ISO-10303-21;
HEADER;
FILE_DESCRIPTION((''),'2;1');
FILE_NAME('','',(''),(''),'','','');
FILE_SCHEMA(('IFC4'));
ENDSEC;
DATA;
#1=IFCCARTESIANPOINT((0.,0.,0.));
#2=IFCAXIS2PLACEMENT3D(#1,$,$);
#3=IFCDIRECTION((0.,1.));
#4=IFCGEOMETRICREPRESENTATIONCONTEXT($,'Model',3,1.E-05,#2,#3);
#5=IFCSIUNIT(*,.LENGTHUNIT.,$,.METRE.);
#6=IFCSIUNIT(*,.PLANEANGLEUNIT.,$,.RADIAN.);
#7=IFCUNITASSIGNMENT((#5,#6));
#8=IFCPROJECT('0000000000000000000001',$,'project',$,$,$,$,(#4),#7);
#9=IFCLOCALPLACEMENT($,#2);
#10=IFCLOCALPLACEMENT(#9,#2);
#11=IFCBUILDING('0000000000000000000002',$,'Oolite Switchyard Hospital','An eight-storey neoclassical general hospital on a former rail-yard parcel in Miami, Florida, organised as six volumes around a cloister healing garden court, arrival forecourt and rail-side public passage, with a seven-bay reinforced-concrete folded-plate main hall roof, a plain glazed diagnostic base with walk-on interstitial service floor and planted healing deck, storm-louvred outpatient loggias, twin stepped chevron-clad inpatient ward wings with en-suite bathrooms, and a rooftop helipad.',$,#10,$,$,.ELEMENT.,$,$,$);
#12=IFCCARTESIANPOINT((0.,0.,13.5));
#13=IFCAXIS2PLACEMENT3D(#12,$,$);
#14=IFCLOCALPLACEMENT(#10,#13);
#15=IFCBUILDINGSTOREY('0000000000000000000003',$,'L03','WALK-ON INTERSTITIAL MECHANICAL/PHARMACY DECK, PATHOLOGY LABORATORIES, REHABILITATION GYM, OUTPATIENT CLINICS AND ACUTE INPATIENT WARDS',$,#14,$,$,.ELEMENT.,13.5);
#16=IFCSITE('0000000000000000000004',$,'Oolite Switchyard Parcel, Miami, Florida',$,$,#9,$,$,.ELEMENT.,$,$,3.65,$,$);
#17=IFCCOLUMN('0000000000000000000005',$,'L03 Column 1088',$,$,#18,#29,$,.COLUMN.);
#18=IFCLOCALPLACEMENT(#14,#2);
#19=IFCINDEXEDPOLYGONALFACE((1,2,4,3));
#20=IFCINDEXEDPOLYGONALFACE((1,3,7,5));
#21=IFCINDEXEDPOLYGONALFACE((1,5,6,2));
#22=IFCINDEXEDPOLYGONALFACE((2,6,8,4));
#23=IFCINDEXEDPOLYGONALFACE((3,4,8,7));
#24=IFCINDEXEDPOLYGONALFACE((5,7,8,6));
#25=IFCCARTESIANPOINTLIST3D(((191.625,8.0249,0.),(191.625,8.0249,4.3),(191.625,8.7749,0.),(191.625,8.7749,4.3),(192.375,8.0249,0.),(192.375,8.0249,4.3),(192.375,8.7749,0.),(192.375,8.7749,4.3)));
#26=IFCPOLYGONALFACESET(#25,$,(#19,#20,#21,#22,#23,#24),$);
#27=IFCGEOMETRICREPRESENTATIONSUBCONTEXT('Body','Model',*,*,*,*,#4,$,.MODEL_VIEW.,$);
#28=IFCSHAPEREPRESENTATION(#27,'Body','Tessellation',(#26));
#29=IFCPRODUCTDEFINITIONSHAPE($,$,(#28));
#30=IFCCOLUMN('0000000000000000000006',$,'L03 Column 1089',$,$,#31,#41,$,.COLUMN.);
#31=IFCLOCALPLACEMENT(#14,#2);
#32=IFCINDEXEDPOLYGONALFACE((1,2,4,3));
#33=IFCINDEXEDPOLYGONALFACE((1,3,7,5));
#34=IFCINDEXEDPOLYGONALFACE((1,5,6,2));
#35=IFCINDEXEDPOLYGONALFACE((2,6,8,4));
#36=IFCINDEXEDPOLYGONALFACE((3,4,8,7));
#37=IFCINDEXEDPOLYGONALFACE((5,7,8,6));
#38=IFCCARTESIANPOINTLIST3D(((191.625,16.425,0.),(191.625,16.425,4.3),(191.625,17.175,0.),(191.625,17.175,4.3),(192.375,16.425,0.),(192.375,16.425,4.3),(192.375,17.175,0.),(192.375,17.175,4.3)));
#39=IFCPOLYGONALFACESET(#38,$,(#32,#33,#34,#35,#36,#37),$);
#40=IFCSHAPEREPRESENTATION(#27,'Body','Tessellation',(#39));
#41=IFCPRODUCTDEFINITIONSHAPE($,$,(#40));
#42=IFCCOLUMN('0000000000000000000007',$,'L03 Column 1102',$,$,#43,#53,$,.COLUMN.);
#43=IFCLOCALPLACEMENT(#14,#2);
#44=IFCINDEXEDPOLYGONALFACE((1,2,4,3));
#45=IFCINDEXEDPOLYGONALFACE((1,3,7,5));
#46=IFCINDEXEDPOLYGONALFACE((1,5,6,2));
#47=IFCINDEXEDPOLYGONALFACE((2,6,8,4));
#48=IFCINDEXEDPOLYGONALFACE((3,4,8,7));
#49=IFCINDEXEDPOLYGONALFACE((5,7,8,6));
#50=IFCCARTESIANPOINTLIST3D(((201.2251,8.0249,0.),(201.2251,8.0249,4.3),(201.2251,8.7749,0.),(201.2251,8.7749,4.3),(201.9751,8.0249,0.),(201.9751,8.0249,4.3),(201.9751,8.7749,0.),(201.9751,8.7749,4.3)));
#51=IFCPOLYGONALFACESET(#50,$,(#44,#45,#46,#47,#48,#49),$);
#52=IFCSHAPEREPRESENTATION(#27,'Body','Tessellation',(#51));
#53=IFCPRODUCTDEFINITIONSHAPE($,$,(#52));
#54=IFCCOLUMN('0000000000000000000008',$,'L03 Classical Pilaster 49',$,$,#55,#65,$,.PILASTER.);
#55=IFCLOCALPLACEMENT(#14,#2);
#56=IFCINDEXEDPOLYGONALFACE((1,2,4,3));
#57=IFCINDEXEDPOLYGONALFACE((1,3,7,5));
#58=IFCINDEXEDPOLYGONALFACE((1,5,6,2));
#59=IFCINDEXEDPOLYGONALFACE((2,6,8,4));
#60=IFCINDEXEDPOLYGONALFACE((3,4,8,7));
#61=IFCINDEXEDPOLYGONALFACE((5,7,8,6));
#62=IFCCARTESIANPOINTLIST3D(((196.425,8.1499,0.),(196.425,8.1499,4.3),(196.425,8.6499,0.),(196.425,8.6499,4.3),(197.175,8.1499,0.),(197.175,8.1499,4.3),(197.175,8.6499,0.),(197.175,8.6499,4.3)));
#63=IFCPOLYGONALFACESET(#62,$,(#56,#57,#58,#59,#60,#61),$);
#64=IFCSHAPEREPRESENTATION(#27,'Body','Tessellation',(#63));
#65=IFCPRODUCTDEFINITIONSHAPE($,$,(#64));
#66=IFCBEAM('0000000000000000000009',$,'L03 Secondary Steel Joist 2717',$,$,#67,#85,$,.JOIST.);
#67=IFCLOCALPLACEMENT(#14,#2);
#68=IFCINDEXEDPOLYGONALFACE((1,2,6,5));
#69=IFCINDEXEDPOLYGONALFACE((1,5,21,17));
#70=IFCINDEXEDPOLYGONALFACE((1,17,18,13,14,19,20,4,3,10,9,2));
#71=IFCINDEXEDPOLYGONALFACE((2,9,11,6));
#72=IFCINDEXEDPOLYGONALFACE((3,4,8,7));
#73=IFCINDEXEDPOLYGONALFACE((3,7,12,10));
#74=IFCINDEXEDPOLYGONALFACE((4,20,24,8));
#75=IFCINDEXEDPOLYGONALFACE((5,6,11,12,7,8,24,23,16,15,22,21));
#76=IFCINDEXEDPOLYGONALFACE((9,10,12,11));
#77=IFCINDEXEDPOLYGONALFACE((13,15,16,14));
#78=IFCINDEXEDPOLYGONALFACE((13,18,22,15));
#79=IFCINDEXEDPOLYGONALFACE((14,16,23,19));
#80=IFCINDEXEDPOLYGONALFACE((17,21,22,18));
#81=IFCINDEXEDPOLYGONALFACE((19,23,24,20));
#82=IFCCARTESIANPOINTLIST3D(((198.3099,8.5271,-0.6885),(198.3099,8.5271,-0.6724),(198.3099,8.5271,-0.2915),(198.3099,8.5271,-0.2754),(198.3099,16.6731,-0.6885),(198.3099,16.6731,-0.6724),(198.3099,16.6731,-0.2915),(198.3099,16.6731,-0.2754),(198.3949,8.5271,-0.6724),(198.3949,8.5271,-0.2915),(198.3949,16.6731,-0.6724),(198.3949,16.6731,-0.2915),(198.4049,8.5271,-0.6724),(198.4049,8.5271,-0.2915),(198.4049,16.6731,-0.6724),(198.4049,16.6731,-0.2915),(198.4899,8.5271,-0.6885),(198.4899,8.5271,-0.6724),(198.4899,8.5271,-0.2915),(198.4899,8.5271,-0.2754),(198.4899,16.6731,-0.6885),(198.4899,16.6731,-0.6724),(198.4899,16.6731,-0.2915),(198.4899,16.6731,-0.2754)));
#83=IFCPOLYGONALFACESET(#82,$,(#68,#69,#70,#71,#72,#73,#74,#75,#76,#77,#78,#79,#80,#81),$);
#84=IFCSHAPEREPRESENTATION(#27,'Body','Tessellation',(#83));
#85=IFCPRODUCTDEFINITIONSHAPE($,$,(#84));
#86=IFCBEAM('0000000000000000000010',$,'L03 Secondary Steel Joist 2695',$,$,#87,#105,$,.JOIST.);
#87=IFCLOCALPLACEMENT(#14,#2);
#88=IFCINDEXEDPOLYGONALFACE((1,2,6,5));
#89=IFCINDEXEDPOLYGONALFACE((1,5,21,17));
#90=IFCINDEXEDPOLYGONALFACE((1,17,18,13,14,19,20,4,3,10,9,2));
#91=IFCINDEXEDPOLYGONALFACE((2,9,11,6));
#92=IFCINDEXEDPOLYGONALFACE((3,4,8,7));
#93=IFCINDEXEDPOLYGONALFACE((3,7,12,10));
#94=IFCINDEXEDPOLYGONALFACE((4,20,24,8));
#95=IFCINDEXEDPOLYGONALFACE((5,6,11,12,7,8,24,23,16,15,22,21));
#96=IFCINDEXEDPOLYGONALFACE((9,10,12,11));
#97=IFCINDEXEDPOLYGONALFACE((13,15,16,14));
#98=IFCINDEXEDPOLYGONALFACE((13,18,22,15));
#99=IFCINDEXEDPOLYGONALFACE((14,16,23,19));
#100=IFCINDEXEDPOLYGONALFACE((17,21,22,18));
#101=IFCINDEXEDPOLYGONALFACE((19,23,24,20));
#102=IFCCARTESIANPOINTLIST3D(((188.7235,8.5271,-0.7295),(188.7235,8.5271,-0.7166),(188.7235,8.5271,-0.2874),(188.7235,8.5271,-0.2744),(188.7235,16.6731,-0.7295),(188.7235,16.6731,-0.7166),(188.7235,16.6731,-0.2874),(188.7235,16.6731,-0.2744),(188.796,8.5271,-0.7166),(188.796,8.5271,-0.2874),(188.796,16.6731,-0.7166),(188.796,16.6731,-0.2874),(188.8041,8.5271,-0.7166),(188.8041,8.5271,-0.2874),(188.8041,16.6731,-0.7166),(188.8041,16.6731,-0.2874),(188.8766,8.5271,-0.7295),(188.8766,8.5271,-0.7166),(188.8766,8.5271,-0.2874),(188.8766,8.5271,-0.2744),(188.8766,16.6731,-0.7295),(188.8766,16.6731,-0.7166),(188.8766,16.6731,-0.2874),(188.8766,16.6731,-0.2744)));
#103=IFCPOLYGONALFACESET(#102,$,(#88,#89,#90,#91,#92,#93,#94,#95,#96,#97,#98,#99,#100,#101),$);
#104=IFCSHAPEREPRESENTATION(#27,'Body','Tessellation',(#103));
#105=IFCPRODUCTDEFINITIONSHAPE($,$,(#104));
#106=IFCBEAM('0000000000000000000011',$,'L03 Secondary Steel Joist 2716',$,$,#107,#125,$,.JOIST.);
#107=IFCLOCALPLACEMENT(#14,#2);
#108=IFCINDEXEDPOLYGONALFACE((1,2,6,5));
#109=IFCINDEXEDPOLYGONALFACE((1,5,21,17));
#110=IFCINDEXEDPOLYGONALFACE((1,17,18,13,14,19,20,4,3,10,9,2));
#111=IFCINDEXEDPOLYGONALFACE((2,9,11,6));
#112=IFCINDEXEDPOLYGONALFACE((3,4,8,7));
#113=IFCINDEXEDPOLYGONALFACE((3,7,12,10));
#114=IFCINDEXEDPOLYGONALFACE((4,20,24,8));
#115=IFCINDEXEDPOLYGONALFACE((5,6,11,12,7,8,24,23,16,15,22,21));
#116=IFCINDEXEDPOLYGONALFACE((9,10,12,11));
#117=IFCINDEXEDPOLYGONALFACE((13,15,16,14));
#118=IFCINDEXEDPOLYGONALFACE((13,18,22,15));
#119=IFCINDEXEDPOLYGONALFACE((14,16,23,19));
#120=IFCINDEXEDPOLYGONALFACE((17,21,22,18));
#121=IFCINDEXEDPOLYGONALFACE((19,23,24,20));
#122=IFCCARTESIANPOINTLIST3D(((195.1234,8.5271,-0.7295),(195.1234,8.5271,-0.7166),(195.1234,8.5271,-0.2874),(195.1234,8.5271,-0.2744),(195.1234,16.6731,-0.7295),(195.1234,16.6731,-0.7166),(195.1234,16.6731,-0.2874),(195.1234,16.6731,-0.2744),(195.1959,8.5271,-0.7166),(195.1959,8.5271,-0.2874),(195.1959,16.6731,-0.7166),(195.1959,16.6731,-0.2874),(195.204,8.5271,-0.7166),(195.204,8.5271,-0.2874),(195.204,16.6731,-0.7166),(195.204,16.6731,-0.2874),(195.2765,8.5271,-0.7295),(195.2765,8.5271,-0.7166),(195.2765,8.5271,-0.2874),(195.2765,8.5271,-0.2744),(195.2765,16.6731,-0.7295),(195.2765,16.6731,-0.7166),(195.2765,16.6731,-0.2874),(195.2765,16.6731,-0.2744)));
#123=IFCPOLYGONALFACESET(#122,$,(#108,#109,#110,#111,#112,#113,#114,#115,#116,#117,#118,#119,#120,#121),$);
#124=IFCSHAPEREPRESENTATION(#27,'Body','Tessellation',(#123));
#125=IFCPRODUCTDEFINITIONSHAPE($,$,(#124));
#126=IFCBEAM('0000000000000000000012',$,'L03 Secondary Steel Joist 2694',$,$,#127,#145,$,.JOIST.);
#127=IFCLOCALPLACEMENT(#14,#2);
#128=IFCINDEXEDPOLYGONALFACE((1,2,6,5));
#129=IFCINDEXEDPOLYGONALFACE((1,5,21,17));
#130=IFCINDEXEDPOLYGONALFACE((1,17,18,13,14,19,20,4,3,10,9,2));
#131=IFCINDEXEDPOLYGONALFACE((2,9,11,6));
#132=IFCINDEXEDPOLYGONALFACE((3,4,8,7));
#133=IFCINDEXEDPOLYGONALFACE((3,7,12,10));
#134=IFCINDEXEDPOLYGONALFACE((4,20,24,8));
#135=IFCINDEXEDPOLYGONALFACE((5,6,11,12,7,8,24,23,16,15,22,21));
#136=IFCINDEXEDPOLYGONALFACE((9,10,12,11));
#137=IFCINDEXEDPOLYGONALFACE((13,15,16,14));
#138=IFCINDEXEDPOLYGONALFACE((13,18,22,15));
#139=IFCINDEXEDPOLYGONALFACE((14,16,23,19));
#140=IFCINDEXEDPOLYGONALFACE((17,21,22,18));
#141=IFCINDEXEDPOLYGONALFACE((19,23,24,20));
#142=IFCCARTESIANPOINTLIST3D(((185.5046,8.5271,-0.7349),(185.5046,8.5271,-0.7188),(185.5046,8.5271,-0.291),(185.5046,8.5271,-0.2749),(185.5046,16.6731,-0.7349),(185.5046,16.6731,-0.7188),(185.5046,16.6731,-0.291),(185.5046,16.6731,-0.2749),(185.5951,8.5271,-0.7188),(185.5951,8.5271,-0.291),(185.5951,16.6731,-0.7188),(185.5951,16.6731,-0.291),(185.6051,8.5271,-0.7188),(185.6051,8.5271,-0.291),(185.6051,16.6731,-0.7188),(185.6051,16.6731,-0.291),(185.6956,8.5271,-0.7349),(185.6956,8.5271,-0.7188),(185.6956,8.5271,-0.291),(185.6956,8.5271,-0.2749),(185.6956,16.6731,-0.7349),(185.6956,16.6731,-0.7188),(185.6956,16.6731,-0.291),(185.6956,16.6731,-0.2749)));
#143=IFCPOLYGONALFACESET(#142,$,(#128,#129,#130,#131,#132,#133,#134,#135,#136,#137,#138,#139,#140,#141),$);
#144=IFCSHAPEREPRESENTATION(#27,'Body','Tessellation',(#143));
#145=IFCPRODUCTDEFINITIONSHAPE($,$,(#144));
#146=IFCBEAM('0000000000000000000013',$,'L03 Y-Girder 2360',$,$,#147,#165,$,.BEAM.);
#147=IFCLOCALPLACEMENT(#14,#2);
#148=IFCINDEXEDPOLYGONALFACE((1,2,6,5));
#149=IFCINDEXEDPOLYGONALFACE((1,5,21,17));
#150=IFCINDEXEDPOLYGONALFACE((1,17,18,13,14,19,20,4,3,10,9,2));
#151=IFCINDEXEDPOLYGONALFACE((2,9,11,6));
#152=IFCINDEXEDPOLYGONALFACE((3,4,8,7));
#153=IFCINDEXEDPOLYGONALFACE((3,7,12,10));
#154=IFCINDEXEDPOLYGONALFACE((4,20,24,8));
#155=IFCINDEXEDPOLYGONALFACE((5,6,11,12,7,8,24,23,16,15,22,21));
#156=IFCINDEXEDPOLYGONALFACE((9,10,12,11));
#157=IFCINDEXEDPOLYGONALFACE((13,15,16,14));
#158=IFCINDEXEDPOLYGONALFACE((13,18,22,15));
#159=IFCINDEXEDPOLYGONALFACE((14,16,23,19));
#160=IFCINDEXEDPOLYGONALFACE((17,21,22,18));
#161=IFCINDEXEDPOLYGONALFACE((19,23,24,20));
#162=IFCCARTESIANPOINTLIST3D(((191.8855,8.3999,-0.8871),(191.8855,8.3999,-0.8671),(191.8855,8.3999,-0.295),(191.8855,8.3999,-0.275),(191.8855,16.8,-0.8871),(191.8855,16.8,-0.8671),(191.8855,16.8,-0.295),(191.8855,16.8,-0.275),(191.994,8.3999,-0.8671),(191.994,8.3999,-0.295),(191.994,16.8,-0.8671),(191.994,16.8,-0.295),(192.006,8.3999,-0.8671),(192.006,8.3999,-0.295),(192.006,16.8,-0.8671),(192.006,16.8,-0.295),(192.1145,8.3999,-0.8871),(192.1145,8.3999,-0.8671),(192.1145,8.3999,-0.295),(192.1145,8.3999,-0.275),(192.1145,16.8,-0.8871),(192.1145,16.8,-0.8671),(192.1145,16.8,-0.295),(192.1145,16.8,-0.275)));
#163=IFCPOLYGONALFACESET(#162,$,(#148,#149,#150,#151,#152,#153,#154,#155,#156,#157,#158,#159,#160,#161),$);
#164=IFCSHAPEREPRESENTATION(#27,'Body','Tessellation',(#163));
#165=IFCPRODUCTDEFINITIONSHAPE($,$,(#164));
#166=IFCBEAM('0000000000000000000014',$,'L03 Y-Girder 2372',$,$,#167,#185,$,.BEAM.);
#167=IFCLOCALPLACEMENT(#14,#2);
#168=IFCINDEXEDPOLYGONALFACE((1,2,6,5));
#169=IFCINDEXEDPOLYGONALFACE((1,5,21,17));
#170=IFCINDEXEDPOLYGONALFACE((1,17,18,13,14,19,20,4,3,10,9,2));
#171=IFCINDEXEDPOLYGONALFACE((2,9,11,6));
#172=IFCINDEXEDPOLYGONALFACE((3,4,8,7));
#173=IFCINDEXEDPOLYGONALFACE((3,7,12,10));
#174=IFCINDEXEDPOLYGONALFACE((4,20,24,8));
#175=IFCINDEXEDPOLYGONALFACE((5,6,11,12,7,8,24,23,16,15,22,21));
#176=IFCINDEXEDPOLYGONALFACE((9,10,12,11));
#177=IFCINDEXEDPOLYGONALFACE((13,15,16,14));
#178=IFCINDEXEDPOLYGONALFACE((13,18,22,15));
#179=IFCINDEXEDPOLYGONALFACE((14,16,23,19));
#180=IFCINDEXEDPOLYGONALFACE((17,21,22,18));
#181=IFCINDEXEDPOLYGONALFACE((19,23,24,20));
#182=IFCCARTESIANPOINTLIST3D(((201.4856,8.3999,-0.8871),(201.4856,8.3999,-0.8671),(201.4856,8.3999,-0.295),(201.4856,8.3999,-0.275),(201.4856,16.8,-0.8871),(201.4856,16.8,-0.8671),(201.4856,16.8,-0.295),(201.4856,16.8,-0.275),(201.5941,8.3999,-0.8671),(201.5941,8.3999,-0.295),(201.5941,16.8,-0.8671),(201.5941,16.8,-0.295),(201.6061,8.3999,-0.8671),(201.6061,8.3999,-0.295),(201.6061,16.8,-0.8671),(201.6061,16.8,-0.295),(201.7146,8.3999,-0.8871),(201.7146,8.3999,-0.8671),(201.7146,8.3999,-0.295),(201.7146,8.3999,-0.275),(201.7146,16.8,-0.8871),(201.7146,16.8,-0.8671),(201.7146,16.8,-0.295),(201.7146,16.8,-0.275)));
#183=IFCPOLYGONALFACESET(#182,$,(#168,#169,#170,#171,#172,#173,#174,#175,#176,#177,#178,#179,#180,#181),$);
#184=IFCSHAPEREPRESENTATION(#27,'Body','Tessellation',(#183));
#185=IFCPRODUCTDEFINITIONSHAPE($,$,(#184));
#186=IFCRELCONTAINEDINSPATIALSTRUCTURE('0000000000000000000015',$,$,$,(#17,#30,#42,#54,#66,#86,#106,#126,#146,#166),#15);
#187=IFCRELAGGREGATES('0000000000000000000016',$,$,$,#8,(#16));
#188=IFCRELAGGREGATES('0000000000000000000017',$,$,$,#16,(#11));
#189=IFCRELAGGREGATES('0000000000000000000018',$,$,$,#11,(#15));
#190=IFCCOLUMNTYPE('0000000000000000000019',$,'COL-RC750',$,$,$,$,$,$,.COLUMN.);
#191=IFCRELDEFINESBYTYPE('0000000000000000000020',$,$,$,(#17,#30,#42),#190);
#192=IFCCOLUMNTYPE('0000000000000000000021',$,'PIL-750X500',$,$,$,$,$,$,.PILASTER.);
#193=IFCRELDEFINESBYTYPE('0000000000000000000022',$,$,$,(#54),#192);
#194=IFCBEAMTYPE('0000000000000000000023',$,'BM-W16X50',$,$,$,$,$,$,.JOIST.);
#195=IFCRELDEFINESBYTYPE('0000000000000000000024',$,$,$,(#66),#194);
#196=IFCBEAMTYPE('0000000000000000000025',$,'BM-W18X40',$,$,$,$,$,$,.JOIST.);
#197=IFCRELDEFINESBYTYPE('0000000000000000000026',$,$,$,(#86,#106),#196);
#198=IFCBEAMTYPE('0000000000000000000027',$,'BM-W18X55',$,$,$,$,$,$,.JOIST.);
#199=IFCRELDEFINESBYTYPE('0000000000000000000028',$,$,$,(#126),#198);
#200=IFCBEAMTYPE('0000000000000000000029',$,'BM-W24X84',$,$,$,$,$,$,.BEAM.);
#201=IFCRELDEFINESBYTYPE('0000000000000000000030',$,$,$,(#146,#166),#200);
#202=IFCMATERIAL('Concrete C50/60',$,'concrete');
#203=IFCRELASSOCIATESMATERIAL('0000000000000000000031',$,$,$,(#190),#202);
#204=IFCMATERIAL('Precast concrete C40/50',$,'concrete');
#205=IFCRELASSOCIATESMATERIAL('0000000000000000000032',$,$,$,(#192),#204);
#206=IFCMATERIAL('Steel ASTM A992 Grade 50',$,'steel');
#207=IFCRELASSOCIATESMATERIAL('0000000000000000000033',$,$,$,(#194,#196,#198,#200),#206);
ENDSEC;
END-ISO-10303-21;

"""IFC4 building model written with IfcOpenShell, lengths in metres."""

from ifc_helpers import new_model, si_unit, direction, frame, origin, origin_2d, place, context, subcontext, project, spatial, rectangle, i_section, extrude, material, material_profile, profile_set, type_object, element, save


model = new_model("IFC4")

# Units and contexts
model_context = context("Model", 3, precision=1e-05, world=origin(), true_north=direction((0.0, 1.0)))
body_context = subcontext(model_context, "Body", "Model", "MODEL_VIEW")
ifc_project = project(units=[si_unit("LENGTHUNIT", "METRE"), si_unit("PLANEANGLEUNIT", "RADIAN")], contexts=[model_context])

# Site, building, storey
site_placement = place(None, origin())
site = spatial("IfcSite", under=ifc_project, at=site_placement, Name="Oolite Switchyard Parcel, Miami, Florida", CompositionType="ELEMENT", RefElevation=3.65)
building_placement = place(site_placement, origin())
building = spatial("IfcBuilding", under=site, at=building_placement, Name="Oolite Switchyard Hospital", Description="An eight-storey neoclassical general hospital on a former rail-yard parcel in Miami, Florida, organised as six volumes around a cloister healing garden court, arrival forecourt and rail-side public passage, with a seven-bay reinforced-concrete folded-plate main hall roof, a plain glazed diagnostic base with walk-on interstitial service floor and planted healing deck, storm-louvred outpatient loggias, twin stepped chevron-clad inpatient ward wings with en-suite bathrooms, and a rooftop helipad.", CompositionType="ELEMENT")
storey_placement = place(building_placement, frame((0.0, 0.0, 13.5)))
storey = spatial("IfcBuildingStorey", under=building, at=storey_placement, Name="L03", Description="WALK-ON INTERSTITIAL MECHANICAL/PHARMACY DECK, PATHOLOGY LABORATORIES, REHABILITATION GYM, OUTPATIENT CLINICS AND ACUTE INPATIENT WARDS", CompositionType="ELEMENT", Elevation=13.5)

# Columns
ifc_material_1 = material(Name="Concrete C50/60", Category="concrete")
ifc_material_profile_1 = material_profile(ifc_material_1, rectangle(XDim=0.75, YDim=0.75, at=origin_2d()), Name="RC750X750")
ifc_profile_set_1 = profile_set([ifc_material_profile_1], Name="Concrete C50/60")
column_type_1 = type_object("IfcColumnType", Name="COL-RC750", PredefinedType="COLUMN", material=ifc_profile_set_1)
for number, where, z_axis, x_axis, name in (
    (1, (192.0, 8.3999, 0.0), (0.0, 0.0, 1.0), (1.0, 0.0, 0.0), "L03 Column 1088"),
    (2, (192.0, 16.8, 0.0), (0.0, 0.0, 1.0), (1.0, 0.0, 0.0), "L03 Column 1089"),
    (3, (201.6001, 8.3999, 0.0), (0.0, 0.0, 1.0), (1.0, 0.0, 0.0), "L03 Column 1102"),
):
    element("IfcColumn", number, at=place(storey_placement, frame(where, z_axis=z_axis, x_axis=x_axis)), inside=storey, type_object=column_type_1, Name=name, PredefinedType="COLUMN", context=body_context, shape_type="SweptSolid", body=[
        extrude(rectangle(XDim=0.75, YDim=0.75, at=origin_2d()), origin(), (0.0, 0.0, 1.0), 4.3),
    ])
ifc_material_2 = material(Name="Precast concrete C40/50", Category="concrete")
ifc_material_profile_2 = material_profile(ifc_material_2, rectangle(XDim=0.75, YDim=0.5, at=origin_2d()), Name="PIL750X500")
ifc_profile_set_2 = profile_set([ifc_material_profile_2], Name="Precast concrete C40/50")
column_type_2 = type_object("IfcColumnType", Name="PIL-750X500", PredefinedType="PILASTER", material=ifc_profile_set_2)
column_placement = place(storey_placement, frame((196.8, 8.3999, 0.0), z_axis=(0.0, 0.0, 1.0), x_axis=(1.0, 0.0, 0.0)))
element("IfcColumn", 4, at=column_placement, inside=storey, type_object=column_type_2, Name="L03 Classical Pilaster 49", PredefinedType="PILASTER", context=body_context, shape_type="SweptSolid", body=[
    extrude(rectangle(XDim=0.75, YDim=0.5, at=origin_2d()), origin(), (0.0, 0.0, 1.0), 4.3),
])

# Beams
ifc_material_3 = material(Name="Steel ASTM A992 Grade 50", Category="steel")
ifc_material_profile_3 = material_profile(ifc_material_3, i_section(OverallWidth=0.1799, OverallDepth=0.4131, WebThickness=0.01, FlangeThickness=0.0161, at=origin_2d()), Name="W16X50")
ifc_profile_set_3 = profile_set([ifc_material_profile_3], Name="Steel ASTM A992 Grade 50")
beam_type_1 = type_object("IfcBeamType", Name="BM-W16X50", PredefinedType="JOIST", material=ifc_profile_set_3)
beam_1_placement = place(storey_placement, frame((198.3999, 8.5271, -0.4819), z_axis=(0.0, 1.0, 0.0), x_axis=(-1.0, 0.0, 0.0)))
element("IfcBeam", 5, at=beam_1_placement, inside=storey, type_object=beam_type_1, Name="L03 Secondary Steel Joist 2717", PredefinedType="JOIST", context=body_context, shape_type="SweptSolid", body=[
    extrude(i_section(OverallWidth=0.1799, OverallDepth=0.4131, WebThickness=0.01, FlangeThickness=0.0161, at=origin_2d()), origin(), (0.0, 0.0, 1.0), 8.146),
])
ifc_material_profile_4 = material_profile(ifc_material_3, i_section(OverallWidth=0.1531, OverallDepth=0.4551, WebThickness=0.0081, FlangeThickness=0.0129, at=origin_2d()), Name="W18X40")
ifc_profile_set_4 = profile_set([ifc_material_profile_4], Name="Steel ASTM A992 Grade 50")
beam_type_2 = type_object("IfcBeamType", Name="BM-W18X40", PredefinedType="JOIST", material=ifc_profile_set_4)
for number, where, z_axis, x_axis, name in (
    (6, (188.8, 8.5271, -0.502), (0.0, 1.0, 0.0), (-1.0, 0.0, 0.0), "L03 Secondary Steel Joist 2695"),
    (7, (195.2, 8.5271, -0.502), (0.0, 1.0, 0.0), (-1.0, 0.0, 0.0), "L03 Secondary Steel Joist 2716"),
):
    element("IfcBeam", number, at=place(storey_placement, frame(where, z_axis=z_axis, x_axis=x_axis)), inside=storey, type_object=beam_type_2, Name=name, PredefinedType="JOIST", context=body_context, shape_type="SweptSolid", body=[
        extrude(i_section(OverallWidth=0.1531, OverallDepth=0.4551, WebThickness=0.0081, FlangeThickness=0.0129, at=origin_2d()), origin(), (0.0, 0.0, 1.0), 8.146),
    ])
ifc_material_profile_5 = material_profile(ifc_material_3, i_section(OverallWidth=0.1909, OverallDepth=0.46, WebThickness=0.01, FlangeThickness=0.0161, at=origin_2d()), Name="W18X55")
ifc_profile_set_5 = profile_set([ifc_material_profile_5], Name="Steel ASTM A992 Grade 50")
beam_type_3 = type_object("IfcBeamType", Name="BM-W18X55", PredefinedType="JOIST", material=ifc_profile_set_5)
beam_2_placement = place(storey_placement, frame((185.6001, 8.5271, -0.5049), z_axis=(0.0, 1.0, 0.0), x_axis=(-1.0, 0.0, 0.0)))
element("IfcBeam", 8, at=beam_2_placement, inside=storey, type_object=beam_type_3, Name="L03 Secondary Steel Joist 2694", PredefinedType="JOIST", context=body_context, shape_type="SweptSolid", body=[
    extrude(i_section(OverallWidth=0.1909, OverallDepth=0.46, WebThickness=0.01, FlangeThickness=0.0161, at=origin_2d()), origin(), (0.0, 0.0, 1.0), 8.146),
])
ifc_material_profile_6 = material_profile(ifc_material_3, i_section(OverallWidth=0.229, OverallDepth=0.6121, WebThickness=0.012, FlangeThickness=0.02, at=origin_2d()), Name="W24X84")
ifc_profile_set_6 = profile_set([ifc_material_profile_6], Name="Steel ASTM A992 Grade 50")
beam_type_4 = type_object("IfcBeamType", Name="BM-W24X84", PredefinedType="BEAM", material=ifc_profile_set_6)
for number, where, z_axis, x_axis, name in (
    (9, (192.0, 8.3999, -0.5811), (0.0, 1.0, 0.0), (-1.0, 0.0, 0.0), "L03 Y-Girder 2360"),
    (10, (201.6001, 8.3999, -0.5811), (0.0, 1.0, 0.0), (-1.0, 0.0, 0.0), "L03 Y-Girder 2372"),
):
    element("IfcBeam", number, at=place(storey_placement, frame(where, z_axis=z_axis, x_axis=x_axis)), inside=storey, type_object=beam_type_4, Name=name, PredefinedType="BEAM", context=body_context, shape_type="SweptSolid", body=[
        extrude(i_section(OverallWidth=0.229, OverallDepth=0.6121, WebThickness=0.012, FlangeThickness=0.02, at=origin_2d()), origin(), (0.0, 0.0, 1.0), 8.4001),
    ])

save(model, "model.ifc")
